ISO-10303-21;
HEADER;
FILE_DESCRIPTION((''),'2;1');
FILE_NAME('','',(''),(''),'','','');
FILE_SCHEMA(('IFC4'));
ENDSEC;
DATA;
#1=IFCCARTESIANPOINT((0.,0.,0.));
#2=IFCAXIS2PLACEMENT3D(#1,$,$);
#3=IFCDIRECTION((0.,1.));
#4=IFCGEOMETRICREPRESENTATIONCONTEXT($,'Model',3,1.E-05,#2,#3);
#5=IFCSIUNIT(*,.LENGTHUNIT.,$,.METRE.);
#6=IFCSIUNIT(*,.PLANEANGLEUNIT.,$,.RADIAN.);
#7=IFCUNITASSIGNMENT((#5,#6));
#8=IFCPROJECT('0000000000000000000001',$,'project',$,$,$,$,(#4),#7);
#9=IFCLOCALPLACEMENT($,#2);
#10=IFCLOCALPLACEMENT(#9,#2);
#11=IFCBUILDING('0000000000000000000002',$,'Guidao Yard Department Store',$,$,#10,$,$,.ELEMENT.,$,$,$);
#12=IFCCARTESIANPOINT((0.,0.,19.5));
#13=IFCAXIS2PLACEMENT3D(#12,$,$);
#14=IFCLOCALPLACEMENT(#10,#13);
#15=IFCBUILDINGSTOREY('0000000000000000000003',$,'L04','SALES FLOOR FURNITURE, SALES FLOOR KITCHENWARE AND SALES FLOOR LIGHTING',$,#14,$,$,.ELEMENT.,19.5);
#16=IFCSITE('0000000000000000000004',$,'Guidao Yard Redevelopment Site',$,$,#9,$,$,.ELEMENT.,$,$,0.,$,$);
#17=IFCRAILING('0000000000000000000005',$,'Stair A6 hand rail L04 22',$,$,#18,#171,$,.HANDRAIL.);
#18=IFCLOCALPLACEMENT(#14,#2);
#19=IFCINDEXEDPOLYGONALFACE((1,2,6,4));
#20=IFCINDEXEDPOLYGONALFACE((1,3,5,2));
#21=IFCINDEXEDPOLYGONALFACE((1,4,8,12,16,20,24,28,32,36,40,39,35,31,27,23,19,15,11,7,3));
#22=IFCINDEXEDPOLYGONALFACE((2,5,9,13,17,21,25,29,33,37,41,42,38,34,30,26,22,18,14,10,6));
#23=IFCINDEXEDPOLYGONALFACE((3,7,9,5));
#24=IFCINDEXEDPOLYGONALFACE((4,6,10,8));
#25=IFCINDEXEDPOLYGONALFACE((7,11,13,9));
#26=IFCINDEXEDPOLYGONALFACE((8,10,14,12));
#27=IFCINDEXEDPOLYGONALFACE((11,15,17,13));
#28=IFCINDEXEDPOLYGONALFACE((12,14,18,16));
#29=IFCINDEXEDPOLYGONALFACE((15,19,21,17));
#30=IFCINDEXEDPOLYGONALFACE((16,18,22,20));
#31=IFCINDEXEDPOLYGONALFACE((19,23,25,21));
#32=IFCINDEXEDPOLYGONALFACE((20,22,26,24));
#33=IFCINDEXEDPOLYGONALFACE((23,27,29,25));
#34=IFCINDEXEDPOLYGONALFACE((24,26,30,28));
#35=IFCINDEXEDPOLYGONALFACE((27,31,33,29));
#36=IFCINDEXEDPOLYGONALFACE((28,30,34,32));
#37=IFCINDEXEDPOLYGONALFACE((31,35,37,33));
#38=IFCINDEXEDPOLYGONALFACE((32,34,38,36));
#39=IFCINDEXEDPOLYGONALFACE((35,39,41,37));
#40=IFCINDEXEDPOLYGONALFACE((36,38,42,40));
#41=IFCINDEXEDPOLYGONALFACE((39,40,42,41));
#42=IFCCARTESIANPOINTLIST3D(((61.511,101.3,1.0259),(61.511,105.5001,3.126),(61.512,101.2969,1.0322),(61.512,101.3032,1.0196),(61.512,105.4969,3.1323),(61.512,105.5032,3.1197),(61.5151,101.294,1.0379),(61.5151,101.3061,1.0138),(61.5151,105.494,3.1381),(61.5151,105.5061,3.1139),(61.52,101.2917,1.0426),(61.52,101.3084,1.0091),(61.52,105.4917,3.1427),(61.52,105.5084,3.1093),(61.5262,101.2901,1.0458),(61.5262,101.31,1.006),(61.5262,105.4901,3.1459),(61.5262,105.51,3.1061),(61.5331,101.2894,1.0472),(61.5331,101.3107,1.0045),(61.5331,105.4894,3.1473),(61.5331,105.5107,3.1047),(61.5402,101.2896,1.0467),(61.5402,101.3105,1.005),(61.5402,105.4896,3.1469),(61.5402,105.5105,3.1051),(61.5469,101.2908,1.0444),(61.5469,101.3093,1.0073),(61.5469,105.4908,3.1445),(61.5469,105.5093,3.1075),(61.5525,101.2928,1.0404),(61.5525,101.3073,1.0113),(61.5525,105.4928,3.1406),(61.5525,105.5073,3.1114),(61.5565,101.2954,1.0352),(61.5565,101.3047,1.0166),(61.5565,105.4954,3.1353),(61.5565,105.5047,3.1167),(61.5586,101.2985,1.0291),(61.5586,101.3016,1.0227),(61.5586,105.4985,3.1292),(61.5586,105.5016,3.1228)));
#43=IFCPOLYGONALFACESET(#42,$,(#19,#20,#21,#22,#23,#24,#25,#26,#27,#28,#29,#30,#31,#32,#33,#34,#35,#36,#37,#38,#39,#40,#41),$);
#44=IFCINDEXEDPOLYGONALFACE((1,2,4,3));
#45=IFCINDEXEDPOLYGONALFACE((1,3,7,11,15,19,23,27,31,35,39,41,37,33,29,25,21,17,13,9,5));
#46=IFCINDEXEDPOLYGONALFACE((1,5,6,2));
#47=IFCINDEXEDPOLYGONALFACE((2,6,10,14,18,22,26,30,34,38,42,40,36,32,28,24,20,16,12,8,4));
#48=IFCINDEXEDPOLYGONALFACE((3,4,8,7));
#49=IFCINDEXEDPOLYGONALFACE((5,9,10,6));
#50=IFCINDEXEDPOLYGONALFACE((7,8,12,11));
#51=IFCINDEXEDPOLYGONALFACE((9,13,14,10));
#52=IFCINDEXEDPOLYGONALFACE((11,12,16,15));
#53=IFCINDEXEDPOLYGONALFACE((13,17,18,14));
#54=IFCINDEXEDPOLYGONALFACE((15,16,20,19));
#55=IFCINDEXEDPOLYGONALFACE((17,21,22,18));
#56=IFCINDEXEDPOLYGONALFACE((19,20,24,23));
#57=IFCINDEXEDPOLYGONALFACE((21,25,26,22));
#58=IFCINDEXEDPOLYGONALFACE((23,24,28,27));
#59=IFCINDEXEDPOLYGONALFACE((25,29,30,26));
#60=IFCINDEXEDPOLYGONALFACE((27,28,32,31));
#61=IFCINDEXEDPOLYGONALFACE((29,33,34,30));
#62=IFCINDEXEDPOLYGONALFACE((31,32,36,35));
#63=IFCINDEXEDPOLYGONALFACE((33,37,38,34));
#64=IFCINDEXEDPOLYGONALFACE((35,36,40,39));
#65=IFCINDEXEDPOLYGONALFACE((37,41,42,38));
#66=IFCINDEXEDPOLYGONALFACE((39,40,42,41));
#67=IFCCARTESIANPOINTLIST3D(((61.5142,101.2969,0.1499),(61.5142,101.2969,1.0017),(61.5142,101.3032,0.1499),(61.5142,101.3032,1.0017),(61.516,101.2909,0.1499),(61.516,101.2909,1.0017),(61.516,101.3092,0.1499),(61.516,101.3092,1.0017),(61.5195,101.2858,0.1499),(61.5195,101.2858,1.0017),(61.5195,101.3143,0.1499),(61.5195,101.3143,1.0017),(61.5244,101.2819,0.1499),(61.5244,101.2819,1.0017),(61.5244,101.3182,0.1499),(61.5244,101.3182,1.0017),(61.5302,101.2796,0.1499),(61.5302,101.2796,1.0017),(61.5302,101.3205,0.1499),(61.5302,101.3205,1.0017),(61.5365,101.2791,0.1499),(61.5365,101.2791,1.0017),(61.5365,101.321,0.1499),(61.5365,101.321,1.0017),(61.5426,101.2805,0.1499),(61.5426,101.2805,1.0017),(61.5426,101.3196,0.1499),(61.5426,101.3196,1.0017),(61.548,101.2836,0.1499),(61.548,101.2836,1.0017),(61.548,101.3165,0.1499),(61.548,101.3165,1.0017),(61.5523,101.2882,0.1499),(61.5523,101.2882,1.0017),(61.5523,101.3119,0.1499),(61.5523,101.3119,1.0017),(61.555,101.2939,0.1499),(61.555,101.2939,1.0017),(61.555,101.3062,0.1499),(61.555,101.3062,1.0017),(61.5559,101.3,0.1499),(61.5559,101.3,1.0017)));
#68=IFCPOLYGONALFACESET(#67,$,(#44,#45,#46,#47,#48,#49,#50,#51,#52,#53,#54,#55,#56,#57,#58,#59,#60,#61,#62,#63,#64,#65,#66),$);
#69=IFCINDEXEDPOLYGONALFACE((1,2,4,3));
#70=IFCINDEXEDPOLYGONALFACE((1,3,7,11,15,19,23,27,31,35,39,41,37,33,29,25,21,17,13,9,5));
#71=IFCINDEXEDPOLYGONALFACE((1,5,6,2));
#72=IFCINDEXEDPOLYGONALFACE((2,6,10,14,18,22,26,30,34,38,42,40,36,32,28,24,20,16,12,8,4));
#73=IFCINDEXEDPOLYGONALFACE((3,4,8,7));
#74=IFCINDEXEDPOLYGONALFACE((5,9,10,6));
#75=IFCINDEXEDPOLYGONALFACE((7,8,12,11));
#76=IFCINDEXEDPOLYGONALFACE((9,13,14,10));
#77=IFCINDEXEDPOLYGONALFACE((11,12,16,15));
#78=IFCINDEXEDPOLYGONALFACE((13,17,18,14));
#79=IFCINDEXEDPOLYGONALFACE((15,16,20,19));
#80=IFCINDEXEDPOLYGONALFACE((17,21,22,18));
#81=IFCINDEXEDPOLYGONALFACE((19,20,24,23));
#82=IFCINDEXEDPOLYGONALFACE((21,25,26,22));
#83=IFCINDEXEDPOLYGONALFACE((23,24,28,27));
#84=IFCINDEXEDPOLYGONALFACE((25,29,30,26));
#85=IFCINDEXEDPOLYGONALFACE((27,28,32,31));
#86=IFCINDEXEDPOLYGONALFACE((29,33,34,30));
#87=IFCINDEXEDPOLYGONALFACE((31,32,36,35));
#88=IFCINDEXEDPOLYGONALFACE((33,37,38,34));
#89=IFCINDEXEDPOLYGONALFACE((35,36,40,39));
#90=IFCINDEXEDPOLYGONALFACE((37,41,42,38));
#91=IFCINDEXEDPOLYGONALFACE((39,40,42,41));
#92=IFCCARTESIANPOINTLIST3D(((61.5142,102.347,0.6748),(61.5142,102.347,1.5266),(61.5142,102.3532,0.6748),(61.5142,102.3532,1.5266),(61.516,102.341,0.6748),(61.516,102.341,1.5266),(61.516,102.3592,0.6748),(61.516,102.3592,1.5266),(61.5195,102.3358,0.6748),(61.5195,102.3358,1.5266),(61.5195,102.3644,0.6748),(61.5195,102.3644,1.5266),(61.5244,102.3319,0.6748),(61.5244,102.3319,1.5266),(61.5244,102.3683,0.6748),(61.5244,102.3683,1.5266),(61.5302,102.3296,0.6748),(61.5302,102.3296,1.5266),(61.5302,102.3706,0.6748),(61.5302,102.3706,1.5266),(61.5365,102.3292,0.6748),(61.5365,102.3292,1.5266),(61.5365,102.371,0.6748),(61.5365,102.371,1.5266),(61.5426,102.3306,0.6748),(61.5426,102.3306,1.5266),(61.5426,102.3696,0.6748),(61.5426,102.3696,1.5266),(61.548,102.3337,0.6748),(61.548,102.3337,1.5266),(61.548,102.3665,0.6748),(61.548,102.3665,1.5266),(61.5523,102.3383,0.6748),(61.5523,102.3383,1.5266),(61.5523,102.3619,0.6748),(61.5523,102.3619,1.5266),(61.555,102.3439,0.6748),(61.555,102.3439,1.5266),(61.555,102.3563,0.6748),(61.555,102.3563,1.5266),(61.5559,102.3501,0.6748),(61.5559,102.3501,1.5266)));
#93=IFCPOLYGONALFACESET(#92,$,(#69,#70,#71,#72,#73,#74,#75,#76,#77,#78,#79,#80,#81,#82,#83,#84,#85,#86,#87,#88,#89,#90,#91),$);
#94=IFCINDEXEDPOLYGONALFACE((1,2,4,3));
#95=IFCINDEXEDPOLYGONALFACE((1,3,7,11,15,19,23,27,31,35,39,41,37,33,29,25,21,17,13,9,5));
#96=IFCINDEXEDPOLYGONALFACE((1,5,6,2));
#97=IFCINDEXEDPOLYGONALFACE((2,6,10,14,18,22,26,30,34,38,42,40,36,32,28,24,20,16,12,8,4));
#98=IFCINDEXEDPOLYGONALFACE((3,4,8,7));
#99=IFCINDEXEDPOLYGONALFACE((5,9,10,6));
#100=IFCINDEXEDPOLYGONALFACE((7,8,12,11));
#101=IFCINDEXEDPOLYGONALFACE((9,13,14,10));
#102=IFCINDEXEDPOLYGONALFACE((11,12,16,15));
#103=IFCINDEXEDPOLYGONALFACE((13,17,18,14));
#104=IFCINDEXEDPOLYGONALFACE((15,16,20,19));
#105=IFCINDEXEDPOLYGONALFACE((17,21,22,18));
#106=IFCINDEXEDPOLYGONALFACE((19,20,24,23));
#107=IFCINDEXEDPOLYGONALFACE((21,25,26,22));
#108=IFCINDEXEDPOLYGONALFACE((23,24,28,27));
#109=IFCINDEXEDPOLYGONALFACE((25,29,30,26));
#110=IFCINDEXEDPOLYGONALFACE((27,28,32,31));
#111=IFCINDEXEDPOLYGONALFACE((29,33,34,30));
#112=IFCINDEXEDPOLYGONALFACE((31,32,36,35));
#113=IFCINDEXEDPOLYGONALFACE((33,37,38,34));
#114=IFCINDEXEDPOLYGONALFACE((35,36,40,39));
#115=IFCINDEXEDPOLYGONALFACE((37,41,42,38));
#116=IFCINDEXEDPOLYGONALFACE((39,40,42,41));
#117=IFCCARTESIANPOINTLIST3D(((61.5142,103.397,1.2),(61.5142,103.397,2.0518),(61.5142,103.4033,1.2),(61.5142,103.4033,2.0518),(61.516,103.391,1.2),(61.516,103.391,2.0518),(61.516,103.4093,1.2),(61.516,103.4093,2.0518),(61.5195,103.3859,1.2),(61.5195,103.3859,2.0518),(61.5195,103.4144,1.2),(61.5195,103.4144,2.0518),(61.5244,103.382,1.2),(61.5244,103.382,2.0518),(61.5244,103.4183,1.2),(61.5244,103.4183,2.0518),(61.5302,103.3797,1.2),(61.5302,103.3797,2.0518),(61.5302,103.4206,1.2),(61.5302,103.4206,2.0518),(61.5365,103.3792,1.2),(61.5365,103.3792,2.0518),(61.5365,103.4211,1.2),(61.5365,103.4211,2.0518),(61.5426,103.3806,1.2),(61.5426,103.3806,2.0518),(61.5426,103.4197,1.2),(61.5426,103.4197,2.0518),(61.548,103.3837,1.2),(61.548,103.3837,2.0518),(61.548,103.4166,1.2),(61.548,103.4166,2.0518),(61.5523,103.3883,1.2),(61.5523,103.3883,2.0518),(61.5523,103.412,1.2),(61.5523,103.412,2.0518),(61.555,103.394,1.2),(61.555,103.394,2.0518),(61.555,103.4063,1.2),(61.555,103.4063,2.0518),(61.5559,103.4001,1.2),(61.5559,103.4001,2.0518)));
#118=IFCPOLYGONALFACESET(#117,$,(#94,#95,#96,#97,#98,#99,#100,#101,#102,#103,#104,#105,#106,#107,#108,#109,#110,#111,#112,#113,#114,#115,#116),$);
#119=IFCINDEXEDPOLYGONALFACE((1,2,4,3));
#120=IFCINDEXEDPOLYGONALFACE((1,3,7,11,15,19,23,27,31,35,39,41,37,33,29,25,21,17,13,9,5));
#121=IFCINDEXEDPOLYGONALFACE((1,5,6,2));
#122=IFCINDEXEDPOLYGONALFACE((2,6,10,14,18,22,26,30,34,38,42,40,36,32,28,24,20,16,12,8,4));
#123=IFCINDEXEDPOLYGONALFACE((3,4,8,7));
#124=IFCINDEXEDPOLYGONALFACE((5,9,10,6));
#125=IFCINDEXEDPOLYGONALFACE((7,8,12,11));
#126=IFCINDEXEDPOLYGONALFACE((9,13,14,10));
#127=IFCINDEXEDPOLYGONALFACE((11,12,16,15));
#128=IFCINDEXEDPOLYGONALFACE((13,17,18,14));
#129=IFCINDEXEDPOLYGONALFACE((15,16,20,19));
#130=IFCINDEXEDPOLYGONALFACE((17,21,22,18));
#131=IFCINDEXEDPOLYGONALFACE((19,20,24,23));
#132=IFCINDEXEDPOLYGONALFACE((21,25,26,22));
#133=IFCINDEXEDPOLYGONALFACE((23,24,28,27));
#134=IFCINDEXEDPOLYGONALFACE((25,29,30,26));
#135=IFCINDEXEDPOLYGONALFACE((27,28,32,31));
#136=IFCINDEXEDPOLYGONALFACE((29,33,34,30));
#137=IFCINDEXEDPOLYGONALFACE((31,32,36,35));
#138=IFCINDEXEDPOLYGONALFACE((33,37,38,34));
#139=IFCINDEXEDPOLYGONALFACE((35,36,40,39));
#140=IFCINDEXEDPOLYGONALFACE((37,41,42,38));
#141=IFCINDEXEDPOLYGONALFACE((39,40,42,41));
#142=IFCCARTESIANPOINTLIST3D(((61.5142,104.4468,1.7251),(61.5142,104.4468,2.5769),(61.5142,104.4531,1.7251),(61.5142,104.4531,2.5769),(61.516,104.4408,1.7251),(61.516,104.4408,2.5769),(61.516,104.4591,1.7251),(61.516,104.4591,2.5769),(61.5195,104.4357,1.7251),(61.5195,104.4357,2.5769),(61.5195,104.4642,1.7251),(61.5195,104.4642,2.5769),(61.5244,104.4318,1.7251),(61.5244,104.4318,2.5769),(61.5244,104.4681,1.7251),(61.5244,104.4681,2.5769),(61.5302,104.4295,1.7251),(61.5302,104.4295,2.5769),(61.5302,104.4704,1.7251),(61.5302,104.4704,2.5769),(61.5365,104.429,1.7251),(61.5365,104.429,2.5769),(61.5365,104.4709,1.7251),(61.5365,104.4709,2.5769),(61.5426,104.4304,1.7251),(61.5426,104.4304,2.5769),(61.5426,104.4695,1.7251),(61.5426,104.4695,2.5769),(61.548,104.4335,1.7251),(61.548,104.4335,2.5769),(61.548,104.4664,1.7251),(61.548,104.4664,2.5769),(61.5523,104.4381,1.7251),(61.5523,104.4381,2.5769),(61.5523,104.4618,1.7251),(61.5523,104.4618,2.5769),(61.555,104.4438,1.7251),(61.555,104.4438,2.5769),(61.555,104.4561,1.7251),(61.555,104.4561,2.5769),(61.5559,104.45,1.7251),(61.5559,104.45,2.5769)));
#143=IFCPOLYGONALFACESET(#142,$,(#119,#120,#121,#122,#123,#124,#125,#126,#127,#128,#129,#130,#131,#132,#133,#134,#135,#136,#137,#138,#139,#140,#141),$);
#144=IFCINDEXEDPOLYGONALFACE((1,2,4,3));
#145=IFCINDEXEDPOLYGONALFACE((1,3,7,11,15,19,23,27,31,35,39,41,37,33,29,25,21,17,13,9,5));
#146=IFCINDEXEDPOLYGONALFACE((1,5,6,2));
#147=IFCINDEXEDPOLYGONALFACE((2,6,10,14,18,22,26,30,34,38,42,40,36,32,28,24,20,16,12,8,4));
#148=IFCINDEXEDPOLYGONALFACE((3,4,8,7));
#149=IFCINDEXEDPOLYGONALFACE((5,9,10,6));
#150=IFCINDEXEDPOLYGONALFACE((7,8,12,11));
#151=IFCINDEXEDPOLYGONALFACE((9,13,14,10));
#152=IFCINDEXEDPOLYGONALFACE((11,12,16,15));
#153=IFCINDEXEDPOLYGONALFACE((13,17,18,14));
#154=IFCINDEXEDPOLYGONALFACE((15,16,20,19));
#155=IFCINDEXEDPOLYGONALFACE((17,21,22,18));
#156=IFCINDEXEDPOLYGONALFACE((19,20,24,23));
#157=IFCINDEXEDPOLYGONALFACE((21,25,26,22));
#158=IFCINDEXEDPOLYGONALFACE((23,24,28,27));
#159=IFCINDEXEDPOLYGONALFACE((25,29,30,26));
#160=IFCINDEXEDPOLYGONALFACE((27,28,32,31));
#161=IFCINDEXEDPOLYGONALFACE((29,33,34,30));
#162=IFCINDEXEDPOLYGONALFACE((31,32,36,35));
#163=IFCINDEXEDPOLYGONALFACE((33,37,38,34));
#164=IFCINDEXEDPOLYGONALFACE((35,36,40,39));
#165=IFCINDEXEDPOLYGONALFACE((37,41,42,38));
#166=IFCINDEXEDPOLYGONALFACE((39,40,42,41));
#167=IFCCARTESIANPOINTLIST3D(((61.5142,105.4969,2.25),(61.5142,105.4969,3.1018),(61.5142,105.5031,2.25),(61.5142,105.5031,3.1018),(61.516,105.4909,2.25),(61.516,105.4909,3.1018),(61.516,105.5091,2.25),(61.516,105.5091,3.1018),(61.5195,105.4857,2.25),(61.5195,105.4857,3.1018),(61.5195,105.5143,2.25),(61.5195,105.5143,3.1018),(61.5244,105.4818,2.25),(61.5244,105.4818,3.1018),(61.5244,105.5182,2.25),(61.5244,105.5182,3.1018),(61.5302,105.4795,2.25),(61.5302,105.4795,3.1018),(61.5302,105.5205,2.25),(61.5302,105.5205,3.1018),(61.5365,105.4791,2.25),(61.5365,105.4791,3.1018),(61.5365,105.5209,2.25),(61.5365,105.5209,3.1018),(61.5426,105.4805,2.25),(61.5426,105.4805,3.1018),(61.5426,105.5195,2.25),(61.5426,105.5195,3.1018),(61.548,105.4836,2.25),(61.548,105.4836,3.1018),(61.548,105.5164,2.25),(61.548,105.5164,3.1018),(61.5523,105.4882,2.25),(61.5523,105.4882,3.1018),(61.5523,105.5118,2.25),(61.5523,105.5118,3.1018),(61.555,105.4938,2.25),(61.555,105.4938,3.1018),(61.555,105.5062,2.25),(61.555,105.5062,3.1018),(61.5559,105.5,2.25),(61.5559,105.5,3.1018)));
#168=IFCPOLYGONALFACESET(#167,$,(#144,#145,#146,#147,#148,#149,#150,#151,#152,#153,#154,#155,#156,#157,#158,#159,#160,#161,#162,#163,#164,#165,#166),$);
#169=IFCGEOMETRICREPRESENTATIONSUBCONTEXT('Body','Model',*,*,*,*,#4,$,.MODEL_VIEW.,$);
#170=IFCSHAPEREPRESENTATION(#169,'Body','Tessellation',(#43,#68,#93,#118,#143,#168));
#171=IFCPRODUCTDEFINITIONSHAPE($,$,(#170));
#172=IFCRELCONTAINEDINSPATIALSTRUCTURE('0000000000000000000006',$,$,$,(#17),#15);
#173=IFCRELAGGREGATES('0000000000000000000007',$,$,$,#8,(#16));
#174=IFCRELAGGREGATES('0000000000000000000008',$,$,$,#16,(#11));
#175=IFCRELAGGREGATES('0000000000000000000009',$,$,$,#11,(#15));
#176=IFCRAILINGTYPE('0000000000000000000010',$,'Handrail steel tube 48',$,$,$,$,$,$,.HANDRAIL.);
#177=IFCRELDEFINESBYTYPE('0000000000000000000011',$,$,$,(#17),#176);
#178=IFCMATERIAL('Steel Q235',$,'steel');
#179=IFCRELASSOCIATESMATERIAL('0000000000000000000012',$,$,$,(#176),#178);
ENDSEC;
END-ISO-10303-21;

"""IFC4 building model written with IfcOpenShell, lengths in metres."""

from ifc_helpers import new_model, si_unit, direction, frame, origin, origin_2d, place, context, subcontext, project, spatial, circle, extrude, material, type_object, element, save


model = new_model("IFC4")

# Units and contexts
model_context = context("Model", 3, precision=1e-05, world=origin(), true_north=direction((0.0, 1.0)))
body_context = subcontext(model_context, "Body", "Model", "MODEL_VIEW")
ifc_project = project(units=[si_unit("LENGTHUNIT", "METRE"), si_unit("PLANEANGLEUNIT", "RADIAN")], contexts=[model_context])

# Site, building, storey
site_placement = place(None, origin())
site = spatial("IfcSite", under=ifc_project, at=site_placement, Name="Guidao Yard Redevelopment Site", CompositionType="ELEMENT", RefElevation=0.0)
building_placement = place(site_placement, origin())
building = spatial("IfcBuilding", under=site, at=building_placement, Name="Guidao Yard Department Store", CompositionType="ELEMENT")
storey_placement = place(building_placement, frame((0.0, 0.0, 19.5)))
storey = spatial("IfcBuildingStorey", under=building, at=storey_placement, Name="L04", Description="SALES FLOOR FURNITURE, SALES FLOOR KITCHENWARE AND SALES FLOOR LIGHTING", CompositionType="ELEMENT", Elevation=19.5)

# Railing
ifc_material_1 = material(Name="Steel Q235", Category="steel")
railing_type_1 = type_object("IfcRailingType", Name="Handrail steel tube 48", PredefinedType="HANDRAIL", material=ifc_material_1)
railing_1_placement = place(storey_placement, frame((61.5349, 101.3, 0.1499)))
element("IfcRailing", 1, at=railing_1_placement, inside=storey, type_object=railing_type_1, Name="Stair A6 hand rail L04 22", PredefinedType="HANDRAIL", context=body_context, shape_type="SweptSolid", body=[
    extrude(circle(Radius=0.0239, at=origin_2d()), frame((0.0, 0.0, 0.876), z_axis=(0.0, 0.894417, 0.447234), x_axis=(-1.0, 0.0, 0.0)), (0.0, 0.0, 1.0), 4.6958),
    extrude(circle(Radius=0.021, at=origin_2d()), origin(), (0.0, 0.0, 1.0), 0.8518),
    extrude(circle(Radius=0.021, at=origin_2d()), frame((0.0, 1.05, 0.5249)), (0.0, 0.0, 1.0), 0.8518),
    extrude(circle(Radius=0.021, at=origin_2d()), frame((0.0, 2.1001, 1.05)), (0.0, 0.0, 1.0), 0.8518),
    extrude(circle(Radius=0.021, at=origin_2d()), frame((0.0, 3.1499, 1.5752)), (0.0, 0.0, 1.0), 0.8518),
    extrude(circle(Radius=0.021, at=origin_2d()), frame((0.0, 4.2, 2.1001)), (0.0, 0.0, 1.0), 0.8518),
])

save(model, "model.ifc")
